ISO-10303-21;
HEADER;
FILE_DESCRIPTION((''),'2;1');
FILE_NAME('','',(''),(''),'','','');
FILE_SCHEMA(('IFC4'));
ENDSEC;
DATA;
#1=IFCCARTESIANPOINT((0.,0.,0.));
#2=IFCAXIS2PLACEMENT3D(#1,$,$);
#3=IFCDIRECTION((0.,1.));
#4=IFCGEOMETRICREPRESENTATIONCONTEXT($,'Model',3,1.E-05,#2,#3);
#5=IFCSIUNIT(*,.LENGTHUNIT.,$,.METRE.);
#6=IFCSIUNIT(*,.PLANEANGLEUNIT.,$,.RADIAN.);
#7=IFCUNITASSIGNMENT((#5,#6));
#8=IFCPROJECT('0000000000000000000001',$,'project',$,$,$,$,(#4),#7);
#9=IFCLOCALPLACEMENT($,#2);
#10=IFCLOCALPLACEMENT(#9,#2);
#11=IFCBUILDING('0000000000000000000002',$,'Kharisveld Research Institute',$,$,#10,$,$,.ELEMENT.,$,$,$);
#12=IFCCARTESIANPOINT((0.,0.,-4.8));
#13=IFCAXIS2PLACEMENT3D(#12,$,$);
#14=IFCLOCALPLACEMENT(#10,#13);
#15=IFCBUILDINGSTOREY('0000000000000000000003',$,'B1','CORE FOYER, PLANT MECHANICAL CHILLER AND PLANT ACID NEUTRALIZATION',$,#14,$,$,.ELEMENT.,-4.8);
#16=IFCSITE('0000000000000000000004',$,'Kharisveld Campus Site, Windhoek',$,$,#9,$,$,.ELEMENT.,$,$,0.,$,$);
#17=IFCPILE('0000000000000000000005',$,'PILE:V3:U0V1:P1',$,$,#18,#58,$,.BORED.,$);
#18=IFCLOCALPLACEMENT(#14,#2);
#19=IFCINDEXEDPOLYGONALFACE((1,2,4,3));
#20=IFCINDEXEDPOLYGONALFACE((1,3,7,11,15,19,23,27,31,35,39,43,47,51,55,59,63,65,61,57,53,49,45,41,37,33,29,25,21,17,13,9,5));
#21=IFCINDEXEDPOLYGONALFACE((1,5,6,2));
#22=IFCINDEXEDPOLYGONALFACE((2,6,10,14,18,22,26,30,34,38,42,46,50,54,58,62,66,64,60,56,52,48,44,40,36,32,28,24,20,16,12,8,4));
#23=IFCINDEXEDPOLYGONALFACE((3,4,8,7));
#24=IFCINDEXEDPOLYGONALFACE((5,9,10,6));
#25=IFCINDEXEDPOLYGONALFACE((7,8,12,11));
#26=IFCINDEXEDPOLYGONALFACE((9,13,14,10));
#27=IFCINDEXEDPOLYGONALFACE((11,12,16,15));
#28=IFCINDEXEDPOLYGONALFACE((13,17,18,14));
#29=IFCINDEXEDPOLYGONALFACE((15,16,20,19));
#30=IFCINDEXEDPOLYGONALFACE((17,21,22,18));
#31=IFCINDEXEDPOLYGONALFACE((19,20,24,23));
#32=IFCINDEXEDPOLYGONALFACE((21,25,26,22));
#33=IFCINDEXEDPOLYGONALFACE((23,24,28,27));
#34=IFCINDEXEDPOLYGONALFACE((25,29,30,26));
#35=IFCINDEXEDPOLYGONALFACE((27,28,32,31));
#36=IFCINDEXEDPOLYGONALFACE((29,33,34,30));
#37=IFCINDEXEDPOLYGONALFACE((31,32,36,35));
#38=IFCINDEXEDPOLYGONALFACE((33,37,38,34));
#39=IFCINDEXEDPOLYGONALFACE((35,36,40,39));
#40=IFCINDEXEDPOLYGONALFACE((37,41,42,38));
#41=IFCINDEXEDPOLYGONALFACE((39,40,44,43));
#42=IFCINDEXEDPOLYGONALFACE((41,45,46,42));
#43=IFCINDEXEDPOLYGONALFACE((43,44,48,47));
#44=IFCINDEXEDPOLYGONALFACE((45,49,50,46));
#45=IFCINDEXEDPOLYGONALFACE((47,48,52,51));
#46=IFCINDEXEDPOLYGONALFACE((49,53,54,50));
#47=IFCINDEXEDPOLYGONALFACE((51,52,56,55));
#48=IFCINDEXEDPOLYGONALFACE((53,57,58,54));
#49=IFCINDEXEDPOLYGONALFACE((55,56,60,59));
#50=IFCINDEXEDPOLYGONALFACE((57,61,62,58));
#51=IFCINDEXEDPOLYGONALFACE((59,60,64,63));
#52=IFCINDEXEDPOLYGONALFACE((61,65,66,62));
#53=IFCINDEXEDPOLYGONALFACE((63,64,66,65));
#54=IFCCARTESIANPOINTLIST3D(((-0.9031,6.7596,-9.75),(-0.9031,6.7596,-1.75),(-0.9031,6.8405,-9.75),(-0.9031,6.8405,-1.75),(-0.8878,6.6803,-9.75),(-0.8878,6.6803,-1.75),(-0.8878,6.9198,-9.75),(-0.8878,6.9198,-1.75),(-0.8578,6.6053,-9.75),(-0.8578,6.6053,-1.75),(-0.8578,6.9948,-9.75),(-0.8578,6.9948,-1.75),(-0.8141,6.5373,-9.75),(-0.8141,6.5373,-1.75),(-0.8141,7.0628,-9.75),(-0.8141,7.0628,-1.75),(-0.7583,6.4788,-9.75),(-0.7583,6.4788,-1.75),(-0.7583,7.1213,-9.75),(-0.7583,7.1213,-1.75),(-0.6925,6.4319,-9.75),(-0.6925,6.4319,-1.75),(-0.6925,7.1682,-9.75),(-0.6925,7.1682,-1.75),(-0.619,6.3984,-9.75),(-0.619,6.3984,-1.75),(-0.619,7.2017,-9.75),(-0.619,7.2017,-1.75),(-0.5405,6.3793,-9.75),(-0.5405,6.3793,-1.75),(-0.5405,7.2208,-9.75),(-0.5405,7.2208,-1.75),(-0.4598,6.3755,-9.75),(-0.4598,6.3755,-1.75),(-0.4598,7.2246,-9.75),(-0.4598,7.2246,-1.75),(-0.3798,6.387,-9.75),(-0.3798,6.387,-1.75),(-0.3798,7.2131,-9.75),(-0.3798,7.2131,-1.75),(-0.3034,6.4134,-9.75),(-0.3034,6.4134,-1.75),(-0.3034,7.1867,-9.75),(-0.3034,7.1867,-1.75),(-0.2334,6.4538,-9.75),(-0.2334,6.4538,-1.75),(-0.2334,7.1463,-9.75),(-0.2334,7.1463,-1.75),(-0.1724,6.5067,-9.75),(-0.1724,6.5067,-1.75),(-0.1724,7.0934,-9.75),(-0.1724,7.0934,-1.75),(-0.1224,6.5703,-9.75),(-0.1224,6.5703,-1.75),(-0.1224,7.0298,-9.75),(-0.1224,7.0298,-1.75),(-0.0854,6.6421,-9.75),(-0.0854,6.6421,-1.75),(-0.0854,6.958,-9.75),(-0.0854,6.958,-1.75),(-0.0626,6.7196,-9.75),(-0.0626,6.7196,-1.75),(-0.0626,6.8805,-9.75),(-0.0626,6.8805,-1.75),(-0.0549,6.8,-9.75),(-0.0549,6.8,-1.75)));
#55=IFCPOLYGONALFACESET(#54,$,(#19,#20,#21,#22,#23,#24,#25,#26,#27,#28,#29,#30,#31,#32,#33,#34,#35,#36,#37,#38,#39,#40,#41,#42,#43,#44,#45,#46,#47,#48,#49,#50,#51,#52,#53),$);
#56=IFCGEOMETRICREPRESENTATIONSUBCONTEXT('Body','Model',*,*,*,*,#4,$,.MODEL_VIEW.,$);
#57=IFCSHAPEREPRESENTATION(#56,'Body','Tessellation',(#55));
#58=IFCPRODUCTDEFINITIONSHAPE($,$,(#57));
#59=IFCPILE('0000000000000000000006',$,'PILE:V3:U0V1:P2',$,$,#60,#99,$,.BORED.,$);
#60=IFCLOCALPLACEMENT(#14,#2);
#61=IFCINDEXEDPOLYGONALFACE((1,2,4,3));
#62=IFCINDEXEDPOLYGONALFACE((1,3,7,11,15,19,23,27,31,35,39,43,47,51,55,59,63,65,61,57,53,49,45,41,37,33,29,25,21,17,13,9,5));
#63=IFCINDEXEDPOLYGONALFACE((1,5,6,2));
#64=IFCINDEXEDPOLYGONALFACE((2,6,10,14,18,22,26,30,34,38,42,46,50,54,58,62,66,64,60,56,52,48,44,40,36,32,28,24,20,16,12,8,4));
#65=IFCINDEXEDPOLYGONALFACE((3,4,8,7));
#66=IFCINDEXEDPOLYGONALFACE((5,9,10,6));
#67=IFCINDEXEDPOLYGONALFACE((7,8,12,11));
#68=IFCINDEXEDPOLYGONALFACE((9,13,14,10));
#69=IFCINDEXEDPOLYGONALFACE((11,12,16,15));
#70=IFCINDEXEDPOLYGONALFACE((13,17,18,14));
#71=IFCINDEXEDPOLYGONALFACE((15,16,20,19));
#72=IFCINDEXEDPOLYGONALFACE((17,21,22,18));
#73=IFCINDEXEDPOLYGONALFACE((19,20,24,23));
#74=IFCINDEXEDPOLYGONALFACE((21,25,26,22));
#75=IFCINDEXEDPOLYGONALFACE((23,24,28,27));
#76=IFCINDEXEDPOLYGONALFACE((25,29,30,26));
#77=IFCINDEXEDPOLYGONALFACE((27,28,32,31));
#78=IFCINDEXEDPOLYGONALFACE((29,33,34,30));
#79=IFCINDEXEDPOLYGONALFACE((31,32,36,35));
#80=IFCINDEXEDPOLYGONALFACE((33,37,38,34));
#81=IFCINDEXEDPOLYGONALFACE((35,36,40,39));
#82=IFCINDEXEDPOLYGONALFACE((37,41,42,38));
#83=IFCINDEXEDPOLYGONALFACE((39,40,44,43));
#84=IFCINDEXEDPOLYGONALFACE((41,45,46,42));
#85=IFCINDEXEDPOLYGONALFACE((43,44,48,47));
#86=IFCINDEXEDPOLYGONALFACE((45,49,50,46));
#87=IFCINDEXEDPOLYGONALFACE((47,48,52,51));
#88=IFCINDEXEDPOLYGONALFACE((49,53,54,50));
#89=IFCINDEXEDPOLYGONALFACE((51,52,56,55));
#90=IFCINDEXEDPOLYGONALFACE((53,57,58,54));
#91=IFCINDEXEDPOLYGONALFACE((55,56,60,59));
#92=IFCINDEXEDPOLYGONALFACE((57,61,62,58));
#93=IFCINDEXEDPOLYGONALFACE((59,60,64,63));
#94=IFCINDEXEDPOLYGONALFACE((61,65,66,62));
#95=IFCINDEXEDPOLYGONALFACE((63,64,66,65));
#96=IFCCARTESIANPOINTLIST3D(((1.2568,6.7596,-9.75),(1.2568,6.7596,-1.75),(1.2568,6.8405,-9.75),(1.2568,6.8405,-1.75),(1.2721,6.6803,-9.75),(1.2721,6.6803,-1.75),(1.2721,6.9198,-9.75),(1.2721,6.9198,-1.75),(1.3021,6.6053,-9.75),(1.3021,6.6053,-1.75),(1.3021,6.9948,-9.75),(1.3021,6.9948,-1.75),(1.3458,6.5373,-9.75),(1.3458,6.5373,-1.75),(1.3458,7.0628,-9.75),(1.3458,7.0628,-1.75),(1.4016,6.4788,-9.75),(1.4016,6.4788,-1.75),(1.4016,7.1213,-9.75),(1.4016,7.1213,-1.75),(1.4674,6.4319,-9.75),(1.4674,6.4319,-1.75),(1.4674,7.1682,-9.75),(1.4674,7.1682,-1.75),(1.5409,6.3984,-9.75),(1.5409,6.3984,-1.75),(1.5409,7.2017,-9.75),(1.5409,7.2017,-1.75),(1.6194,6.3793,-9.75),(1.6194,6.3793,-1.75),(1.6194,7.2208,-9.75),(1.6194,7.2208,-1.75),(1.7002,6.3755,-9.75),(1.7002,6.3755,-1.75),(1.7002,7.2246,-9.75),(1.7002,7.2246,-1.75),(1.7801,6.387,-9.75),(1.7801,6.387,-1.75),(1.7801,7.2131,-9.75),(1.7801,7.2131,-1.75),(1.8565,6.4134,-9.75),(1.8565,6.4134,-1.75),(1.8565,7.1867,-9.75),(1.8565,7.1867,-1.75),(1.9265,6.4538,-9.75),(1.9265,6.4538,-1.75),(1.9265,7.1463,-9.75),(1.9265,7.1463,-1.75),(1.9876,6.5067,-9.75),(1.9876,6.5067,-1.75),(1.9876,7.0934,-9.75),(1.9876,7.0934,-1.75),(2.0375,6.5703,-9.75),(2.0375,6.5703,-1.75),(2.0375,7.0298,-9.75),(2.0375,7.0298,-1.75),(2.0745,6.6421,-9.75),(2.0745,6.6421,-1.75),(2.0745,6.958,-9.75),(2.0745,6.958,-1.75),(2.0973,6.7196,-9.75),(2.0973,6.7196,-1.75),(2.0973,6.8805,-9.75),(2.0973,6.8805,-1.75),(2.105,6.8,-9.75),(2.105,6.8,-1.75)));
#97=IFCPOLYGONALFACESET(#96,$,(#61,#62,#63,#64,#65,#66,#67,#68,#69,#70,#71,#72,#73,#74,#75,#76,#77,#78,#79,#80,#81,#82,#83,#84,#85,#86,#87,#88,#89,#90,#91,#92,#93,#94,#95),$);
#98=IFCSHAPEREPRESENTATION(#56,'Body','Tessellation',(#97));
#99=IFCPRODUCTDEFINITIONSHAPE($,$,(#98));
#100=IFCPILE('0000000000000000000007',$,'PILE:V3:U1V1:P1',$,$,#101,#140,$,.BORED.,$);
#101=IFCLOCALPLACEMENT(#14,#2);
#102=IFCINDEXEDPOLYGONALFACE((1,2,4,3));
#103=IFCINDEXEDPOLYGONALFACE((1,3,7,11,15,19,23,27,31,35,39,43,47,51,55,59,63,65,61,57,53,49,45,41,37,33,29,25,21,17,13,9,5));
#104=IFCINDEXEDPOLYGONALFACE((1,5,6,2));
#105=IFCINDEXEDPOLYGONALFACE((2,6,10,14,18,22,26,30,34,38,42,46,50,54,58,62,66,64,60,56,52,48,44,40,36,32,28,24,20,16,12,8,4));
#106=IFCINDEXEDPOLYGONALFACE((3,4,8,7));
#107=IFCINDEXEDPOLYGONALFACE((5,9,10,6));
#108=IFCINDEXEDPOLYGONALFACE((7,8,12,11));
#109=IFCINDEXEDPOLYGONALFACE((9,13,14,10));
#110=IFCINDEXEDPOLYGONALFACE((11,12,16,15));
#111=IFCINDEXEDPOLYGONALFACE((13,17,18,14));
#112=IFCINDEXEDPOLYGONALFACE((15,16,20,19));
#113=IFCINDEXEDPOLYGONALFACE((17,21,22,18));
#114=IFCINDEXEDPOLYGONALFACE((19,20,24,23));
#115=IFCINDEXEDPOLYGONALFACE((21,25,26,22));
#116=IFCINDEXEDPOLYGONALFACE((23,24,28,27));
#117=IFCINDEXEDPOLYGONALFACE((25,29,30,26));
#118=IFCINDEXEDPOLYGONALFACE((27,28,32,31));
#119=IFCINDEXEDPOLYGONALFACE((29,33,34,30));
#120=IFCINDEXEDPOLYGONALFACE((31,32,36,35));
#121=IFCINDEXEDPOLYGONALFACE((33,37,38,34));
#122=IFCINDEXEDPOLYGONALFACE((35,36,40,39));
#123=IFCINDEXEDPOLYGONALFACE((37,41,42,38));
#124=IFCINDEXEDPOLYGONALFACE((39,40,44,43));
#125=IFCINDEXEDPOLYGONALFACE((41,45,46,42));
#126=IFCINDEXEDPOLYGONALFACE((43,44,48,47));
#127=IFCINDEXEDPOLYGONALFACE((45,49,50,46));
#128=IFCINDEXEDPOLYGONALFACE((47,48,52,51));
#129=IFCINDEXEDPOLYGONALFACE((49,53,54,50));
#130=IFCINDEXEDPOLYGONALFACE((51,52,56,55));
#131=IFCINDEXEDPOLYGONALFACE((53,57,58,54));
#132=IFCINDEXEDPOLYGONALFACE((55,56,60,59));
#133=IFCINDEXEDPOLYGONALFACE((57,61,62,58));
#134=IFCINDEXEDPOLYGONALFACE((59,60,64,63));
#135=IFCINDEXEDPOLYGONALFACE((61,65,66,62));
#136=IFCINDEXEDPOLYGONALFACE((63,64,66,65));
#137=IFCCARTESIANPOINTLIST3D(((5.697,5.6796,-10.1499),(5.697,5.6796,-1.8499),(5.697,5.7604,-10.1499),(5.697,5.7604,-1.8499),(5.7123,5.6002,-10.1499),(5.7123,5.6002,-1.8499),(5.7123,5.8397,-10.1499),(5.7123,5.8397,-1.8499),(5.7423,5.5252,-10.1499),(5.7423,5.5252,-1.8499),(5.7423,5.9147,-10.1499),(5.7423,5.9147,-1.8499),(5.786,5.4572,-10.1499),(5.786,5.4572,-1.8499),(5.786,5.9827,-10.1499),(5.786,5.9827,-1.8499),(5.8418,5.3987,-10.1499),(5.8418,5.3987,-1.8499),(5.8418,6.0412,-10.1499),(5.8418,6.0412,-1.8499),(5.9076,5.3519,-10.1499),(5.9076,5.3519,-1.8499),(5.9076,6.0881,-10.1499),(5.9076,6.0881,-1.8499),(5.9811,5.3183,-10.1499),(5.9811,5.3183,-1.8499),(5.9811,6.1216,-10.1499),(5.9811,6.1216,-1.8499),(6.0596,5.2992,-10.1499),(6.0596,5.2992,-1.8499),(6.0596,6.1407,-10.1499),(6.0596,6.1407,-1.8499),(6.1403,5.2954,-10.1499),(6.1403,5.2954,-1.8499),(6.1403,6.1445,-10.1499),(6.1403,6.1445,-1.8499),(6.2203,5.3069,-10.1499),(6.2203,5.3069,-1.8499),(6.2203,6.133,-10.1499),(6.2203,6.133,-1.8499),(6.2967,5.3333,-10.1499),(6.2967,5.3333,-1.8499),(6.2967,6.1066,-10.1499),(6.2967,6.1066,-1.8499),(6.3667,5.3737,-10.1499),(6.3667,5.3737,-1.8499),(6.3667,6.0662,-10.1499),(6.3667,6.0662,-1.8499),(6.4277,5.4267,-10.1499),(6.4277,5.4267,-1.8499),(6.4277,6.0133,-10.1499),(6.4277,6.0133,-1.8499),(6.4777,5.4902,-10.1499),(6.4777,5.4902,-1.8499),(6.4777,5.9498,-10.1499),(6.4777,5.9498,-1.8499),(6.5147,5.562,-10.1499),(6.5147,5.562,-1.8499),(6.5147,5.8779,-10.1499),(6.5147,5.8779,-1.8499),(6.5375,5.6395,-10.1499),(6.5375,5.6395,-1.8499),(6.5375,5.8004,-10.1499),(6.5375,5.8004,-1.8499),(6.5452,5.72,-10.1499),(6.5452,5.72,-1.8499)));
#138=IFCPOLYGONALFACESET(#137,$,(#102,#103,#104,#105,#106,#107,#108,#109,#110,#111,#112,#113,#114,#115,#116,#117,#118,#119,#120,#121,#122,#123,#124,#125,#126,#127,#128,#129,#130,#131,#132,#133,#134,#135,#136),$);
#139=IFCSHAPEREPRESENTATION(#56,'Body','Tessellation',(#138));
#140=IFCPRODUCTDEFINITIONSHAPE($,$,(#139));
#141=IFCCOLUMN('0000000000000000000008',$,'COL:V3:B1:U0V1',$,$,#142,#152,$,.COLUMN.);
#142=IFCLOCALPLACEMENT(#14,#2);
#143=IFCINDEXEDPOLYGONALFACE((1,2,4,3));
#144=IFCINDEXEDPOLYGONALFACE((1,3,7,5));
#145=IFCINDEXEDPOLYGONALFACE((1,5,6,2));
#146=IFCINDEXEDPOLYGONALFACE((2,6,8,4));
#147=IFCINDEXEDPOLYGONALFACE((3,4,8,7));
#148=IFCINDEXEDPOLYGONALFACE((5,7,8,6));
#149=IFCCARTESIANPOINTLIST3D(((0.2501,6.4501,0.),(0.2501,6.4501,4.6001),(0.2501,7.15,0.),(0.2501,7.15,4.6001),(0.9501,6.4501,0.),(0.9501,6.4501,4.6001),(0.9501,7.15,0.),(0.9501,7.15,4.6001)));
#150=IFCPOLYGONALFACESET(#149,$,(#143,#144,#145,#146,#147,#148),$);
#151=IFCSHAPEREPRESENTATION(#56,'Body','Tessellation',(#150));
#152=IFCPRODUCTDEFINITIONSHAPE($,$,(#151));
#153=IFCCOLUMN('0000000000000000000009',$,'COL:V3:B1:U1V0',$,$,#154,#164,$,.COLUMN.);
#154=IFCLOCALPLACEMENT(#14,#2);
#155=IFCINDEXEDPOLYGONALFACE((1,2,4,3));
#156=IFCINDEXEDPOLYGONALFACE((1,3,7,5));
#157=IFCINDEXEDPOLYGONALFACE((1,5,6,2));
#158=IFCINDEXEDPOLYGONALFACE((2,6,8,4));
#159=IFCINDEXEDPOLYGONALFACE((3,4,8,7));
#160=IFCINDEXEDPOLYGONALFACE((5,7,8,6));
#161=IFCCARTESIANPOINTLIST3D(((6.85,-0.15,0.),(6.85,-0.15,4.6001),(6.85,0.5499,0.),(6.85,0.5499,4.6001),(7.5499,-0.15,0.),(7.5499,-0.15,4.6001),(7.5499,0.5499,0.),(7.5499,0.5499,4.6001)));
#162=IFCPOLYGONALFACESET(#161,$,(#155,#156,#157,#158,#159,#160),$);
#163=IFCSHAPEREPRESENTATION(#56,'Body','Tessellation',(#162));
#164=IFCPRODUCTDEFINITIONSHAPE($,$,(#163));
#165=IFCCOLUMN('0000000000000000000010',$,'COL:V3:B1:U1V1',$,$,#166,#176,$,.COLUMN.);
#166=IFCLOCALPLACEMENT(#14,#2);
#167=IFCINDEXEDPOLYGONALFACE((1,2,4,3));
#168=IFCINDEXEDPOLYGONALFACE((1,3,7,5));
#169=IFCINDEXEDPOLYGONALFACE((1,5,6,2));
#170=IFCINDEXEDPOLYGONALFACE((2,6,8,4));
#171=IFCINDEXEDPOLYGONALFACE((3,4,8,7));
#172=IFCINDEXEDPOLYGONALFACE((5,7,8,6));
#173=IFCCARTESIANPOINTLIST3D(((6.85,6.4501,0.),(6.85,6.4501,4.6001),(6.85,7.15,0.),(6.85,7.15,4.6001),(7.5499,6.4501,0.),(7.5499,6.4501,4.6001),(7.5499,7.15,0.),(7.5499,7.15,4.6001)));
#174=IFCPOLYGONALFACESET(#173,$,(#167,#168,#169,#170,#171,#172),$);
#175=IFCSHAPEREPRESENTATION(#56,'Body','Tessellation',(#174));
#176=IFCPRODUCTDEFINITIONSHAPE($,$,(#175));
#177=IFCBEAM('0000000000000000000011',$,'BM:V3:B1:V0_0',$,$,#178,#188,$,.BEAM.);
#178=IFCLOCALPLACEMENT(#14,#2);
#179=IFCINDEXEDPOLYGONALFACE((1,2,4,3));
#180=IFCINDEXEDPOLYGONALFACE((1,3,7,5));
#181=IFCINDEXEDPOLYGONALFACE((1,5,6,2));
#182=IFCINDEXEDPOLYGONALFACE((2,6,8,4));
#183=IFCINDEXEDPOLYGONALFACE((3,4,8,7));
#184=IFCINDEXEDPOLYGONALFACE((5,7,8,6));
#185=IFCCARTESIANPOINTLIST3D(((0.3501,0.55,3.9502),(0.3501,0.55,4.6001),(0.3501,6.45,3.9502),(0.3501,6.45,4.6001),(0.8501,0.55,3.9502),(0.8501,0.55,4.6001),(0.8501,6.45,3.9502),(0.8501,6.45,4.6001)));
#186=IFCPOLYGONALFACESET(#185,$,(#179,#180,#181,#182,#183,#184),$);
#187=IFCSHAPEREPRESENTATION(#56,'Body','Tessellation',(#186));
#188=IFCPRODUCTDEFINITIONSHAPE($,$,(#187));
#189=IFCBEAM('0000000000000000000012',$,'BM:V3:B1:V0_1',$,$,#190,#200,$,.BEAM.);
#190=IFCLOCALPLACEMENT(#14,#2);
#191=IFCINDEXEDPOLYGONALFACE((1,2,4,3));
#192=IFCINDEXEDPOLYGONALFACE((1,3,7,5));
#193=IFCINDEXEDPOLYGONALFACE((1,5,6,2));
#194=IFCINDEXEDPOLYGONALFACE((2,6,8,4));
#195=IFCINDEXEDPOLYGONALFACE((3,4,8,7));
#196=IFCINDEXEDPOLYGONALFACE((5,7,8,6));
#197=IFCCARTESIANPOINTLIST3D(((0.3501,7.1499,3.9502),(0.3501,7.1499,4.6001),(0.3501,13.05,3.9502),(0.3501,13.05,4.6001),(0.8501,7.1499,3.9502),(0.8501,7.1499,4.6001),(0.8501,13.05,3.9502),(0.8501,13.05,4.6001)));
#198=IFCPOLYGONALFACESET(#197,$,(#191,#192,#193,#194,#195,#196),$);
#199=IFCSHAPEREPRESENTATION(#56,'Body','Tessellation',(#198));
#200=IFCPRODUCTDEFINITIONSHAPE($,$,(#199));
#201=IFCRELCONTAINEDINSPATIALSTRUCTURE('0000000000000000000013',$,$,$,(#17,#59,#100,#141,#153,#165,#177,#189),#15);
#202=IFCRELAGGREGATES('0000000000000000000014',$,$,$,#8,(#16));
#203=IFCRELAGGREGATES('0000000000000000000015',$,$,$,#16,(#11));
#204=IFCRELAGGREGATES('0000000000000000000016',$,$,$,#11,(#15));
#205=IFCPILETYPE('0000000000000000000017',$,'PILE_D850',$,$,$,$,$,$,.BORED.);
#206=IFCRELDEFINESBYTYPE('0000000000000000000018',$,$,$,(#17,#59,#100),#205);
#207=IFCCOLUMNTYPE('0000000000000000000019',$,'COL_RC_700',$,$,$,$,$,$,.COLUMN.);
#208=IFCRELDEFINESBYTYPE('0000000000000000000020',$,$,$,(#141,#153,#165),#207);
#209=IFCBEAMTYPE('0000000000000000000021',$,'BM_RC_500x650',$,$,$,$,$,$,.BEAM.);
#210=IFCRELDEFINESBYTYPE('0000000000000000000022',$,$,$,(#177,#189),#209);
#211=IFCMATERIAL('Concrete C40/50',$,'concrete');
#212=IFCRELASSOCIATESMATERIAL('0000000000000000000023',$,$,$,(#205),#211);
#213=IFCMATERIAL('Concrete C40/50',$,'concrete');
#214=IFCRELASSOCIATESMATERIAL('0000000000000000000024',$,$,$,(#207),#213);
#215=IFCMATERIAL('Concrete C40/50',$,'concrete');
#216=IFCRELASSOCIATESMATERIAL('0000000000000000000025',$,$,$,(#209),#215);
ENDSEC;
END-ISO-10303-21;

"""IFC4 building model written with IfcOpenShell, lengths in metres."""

from ifc_helpers import new_model, si_unit, direction, frame, origin, origin_2d, place, context, subcontext, project, spatial, rectangle, circle, extrude, material, material_profile, profile_set, type_object, element, save


model = new_model("IFC4")

# Units and contexts
model_context = context("Model", 3, precision=1e-05, world=origin(), true_north=direction((0.0, 1.0)))
body_context = subcontext(model_context, "Body", "Model", "MODEL_VIEW")
ifc_project = project(units=[si_unit("LENGTHUNIT", "METRE"), si_unit("PLANEANGLEUNIT", "RADIAN")], contexts=[model_context])

# Site, building, storey
site_placement = place(None, origin())
site = spatial("IfcSite", under=ifc_project, at=site_placement, Name="Kharisveld Campus Site, Windhoek", CompositionType="ELEMENT", RefElevation=0.0)
building_placement = place(site_placement, origin())
building = spatial("IfcBuilding", under=site, at=building_placement, Name="Kharisveld Research Institute", CompositionType="ELEMENT")
storey_placement = place(building_placement, frame((0.0, 0.0, -4.8)))
storey = spatial("IfcBuildingStorey", under=building, at=storey_placement, Name="B1", Description="CORE FOYER, PLANT MECHANICAL CHILLER AND PLANT ACID NEUTRALIZATION", CompositionType="ELEMENT", Elevation=-4.8)

# Piles
ifc_material_1 = material(Name="Concrete C40/50", Category="concrete")
ifc_material_profile_1 = material_profile(ifc_material_1, circle(Radius=0.425, at=origin_2d()))
ifc_profile_set_1 = profile_set([ifc_material_profile_1], Name="Concrete C40/50")
pile_type_1 = type_object("IfcPileType", Name="PILE_D850", PredefinedType="BORED", material=ifc_profile_set_1)
for number, where, z_axis, x_axis, name in (
    (1, (-0.48, 6.8, -1.75), (0.0, 0.0, -1.0), (1.0, 0.0, 0.0), "PILE:V3:U0V1:P1"),
    (2, (1.6799, 6.8, -1.75), (0.0, 0.0, -1.0), (1.0, 0.0, 0.0), "PILE:V3:U0V1:P2"),
):
    element("IfcPile", number, at=place(storey_placement, frame(where, z_axis=z_axis, x_axis=x_axis)), inside=storey, type_object=pile_type_1, Name=name, PredefinedType="BORED", context=body_context, shape_type="SweptSolid", body=[
        extrude(circle(Radius=0.425, at=origin_2d()), origin(), (0.0, 0.0, 1.0), 8.0),
    ])
pile_1_placement = place(storey_placement, frame((6.1201, 5.72, -1.8499), z_axis=(0.0, 0.0, -1.0), x_axis=(1.0, 0.0, 0.0)))
element("IfcPile", 3, at=pile_1_placement, inside=storey, type_object=pile_type_1, Name="PILE:V3:U1V1:P1", PredefinedType="BORED", context=body_context, shape_type="SweptSolid", body=[
    extrude(circle(Radius=0.425, at=origin_2d()), origin(), (0.0, 0.0, 1.0), 8.3),
])

# Columns
ifc_material_2 = material(Name="Concrete C40/50", Category="concrete")
ifc_material_profile_2 = material_profile(ifc_material_2, rectangle(XDim=0.7, YDim=0.7, at=origin_2d()))
ifc_profile_set_2 = profile_set([ifc_material_profile_2], Name="Concrete C40/50")
column_type = type_object("IfcColumnType", Name="COL_RC_700", PredefinedType="COLUMN", material=ifc_profile_set_2)
for number, where, z_axis, x_axis, name in (
    (4, (0.6001, 6.8, 0.0), (0.0, 0.0, 1.0), (1.0, 0.0, 0.0), "COL:V3:B1:U0V1"),
    (5, (7.2, 0.2, 0.0), (0.0, 0.0, 1.0), (1.0, 0.0, 0.0), "COL:V3:B1:U1V0"),
    (6, (7.2, 6.8, 0.0), (0.0, 0.0, 1.0), (1.0, 0.0, 0.0), "COL:V3:B1:U1V1"),
):
    element("IfcColumn", number, at=place(storey_placement, frame(where, z_axis=z_axis, x_axis=x_axis)), inside=storey, type_object=column_type, Name=name, PredefinedType="COLUMN", context=body_context, shape_type="SweptSolid", body=[
        extrude(rectangle(XDim=0.7, YDim=0.7, at=origin_2d()), origin(), (0.0, 0.0, 1.0), 4.6001),
    ])

# Beams
ifc_material_3 = material(Name="Concrete C40/50", Category="concrete")
ifc_material_profile_3 = material_profile(ifc_material_3, rectangle(XDim=0.5, YDim=0.6499, at=origin_2d()))
ifc_profile_set_3 = profile_set([ifc_material_profile_3], Name="Concrete C40/50")
beam_type_1 = type_object("IfcBeamType", Name="BM_RC_500x650", PredefinedType="BEAM", material=ifc_profile_set_3)
beam_1_placement = place(storey_placement, frame((0.6001, 0.55, 4.2751), z_axis=(0.0, 1.0, 0.0), x_axis=(-1.0, 0.0, 0.0)))
element("IfcBeam", 7, at=beam_1_placement, inside=storey, type_object=beam_type_1, Name="BM:V3:B1:V0_0", PredefinedType="BEAM", context=body_context, shape_type="SweptSolid", body=[
    extrude(rectangle(XDim=0.5, YDim=0.6499, at=origin_2d()), origin(), (0.0, 0.0, 1.0), 5.8999),
])
beam_2_placement = place(storey_placement, frame((0.6001, 7.1499, 4.2751), z_axis=(0.0, 1.0, 0.0), x_axis=(-1.0, 0.0, 0.0)))
element("IfcBeam", 8, at=beam_2_placement, inside=storey, type_object=beam_type_1, Name="BM:V3:B1:V0_1", PredefinedType="BEAM", context=body_context, shape_type="SweptSolid", body=[
    extrude(rectangle(XDim=0.5, YDim=0.6499, at=origin_2d()), origin(), (0.0, 0.0, 1.0), 5.9001),
])

save(model, "model.ifc")
